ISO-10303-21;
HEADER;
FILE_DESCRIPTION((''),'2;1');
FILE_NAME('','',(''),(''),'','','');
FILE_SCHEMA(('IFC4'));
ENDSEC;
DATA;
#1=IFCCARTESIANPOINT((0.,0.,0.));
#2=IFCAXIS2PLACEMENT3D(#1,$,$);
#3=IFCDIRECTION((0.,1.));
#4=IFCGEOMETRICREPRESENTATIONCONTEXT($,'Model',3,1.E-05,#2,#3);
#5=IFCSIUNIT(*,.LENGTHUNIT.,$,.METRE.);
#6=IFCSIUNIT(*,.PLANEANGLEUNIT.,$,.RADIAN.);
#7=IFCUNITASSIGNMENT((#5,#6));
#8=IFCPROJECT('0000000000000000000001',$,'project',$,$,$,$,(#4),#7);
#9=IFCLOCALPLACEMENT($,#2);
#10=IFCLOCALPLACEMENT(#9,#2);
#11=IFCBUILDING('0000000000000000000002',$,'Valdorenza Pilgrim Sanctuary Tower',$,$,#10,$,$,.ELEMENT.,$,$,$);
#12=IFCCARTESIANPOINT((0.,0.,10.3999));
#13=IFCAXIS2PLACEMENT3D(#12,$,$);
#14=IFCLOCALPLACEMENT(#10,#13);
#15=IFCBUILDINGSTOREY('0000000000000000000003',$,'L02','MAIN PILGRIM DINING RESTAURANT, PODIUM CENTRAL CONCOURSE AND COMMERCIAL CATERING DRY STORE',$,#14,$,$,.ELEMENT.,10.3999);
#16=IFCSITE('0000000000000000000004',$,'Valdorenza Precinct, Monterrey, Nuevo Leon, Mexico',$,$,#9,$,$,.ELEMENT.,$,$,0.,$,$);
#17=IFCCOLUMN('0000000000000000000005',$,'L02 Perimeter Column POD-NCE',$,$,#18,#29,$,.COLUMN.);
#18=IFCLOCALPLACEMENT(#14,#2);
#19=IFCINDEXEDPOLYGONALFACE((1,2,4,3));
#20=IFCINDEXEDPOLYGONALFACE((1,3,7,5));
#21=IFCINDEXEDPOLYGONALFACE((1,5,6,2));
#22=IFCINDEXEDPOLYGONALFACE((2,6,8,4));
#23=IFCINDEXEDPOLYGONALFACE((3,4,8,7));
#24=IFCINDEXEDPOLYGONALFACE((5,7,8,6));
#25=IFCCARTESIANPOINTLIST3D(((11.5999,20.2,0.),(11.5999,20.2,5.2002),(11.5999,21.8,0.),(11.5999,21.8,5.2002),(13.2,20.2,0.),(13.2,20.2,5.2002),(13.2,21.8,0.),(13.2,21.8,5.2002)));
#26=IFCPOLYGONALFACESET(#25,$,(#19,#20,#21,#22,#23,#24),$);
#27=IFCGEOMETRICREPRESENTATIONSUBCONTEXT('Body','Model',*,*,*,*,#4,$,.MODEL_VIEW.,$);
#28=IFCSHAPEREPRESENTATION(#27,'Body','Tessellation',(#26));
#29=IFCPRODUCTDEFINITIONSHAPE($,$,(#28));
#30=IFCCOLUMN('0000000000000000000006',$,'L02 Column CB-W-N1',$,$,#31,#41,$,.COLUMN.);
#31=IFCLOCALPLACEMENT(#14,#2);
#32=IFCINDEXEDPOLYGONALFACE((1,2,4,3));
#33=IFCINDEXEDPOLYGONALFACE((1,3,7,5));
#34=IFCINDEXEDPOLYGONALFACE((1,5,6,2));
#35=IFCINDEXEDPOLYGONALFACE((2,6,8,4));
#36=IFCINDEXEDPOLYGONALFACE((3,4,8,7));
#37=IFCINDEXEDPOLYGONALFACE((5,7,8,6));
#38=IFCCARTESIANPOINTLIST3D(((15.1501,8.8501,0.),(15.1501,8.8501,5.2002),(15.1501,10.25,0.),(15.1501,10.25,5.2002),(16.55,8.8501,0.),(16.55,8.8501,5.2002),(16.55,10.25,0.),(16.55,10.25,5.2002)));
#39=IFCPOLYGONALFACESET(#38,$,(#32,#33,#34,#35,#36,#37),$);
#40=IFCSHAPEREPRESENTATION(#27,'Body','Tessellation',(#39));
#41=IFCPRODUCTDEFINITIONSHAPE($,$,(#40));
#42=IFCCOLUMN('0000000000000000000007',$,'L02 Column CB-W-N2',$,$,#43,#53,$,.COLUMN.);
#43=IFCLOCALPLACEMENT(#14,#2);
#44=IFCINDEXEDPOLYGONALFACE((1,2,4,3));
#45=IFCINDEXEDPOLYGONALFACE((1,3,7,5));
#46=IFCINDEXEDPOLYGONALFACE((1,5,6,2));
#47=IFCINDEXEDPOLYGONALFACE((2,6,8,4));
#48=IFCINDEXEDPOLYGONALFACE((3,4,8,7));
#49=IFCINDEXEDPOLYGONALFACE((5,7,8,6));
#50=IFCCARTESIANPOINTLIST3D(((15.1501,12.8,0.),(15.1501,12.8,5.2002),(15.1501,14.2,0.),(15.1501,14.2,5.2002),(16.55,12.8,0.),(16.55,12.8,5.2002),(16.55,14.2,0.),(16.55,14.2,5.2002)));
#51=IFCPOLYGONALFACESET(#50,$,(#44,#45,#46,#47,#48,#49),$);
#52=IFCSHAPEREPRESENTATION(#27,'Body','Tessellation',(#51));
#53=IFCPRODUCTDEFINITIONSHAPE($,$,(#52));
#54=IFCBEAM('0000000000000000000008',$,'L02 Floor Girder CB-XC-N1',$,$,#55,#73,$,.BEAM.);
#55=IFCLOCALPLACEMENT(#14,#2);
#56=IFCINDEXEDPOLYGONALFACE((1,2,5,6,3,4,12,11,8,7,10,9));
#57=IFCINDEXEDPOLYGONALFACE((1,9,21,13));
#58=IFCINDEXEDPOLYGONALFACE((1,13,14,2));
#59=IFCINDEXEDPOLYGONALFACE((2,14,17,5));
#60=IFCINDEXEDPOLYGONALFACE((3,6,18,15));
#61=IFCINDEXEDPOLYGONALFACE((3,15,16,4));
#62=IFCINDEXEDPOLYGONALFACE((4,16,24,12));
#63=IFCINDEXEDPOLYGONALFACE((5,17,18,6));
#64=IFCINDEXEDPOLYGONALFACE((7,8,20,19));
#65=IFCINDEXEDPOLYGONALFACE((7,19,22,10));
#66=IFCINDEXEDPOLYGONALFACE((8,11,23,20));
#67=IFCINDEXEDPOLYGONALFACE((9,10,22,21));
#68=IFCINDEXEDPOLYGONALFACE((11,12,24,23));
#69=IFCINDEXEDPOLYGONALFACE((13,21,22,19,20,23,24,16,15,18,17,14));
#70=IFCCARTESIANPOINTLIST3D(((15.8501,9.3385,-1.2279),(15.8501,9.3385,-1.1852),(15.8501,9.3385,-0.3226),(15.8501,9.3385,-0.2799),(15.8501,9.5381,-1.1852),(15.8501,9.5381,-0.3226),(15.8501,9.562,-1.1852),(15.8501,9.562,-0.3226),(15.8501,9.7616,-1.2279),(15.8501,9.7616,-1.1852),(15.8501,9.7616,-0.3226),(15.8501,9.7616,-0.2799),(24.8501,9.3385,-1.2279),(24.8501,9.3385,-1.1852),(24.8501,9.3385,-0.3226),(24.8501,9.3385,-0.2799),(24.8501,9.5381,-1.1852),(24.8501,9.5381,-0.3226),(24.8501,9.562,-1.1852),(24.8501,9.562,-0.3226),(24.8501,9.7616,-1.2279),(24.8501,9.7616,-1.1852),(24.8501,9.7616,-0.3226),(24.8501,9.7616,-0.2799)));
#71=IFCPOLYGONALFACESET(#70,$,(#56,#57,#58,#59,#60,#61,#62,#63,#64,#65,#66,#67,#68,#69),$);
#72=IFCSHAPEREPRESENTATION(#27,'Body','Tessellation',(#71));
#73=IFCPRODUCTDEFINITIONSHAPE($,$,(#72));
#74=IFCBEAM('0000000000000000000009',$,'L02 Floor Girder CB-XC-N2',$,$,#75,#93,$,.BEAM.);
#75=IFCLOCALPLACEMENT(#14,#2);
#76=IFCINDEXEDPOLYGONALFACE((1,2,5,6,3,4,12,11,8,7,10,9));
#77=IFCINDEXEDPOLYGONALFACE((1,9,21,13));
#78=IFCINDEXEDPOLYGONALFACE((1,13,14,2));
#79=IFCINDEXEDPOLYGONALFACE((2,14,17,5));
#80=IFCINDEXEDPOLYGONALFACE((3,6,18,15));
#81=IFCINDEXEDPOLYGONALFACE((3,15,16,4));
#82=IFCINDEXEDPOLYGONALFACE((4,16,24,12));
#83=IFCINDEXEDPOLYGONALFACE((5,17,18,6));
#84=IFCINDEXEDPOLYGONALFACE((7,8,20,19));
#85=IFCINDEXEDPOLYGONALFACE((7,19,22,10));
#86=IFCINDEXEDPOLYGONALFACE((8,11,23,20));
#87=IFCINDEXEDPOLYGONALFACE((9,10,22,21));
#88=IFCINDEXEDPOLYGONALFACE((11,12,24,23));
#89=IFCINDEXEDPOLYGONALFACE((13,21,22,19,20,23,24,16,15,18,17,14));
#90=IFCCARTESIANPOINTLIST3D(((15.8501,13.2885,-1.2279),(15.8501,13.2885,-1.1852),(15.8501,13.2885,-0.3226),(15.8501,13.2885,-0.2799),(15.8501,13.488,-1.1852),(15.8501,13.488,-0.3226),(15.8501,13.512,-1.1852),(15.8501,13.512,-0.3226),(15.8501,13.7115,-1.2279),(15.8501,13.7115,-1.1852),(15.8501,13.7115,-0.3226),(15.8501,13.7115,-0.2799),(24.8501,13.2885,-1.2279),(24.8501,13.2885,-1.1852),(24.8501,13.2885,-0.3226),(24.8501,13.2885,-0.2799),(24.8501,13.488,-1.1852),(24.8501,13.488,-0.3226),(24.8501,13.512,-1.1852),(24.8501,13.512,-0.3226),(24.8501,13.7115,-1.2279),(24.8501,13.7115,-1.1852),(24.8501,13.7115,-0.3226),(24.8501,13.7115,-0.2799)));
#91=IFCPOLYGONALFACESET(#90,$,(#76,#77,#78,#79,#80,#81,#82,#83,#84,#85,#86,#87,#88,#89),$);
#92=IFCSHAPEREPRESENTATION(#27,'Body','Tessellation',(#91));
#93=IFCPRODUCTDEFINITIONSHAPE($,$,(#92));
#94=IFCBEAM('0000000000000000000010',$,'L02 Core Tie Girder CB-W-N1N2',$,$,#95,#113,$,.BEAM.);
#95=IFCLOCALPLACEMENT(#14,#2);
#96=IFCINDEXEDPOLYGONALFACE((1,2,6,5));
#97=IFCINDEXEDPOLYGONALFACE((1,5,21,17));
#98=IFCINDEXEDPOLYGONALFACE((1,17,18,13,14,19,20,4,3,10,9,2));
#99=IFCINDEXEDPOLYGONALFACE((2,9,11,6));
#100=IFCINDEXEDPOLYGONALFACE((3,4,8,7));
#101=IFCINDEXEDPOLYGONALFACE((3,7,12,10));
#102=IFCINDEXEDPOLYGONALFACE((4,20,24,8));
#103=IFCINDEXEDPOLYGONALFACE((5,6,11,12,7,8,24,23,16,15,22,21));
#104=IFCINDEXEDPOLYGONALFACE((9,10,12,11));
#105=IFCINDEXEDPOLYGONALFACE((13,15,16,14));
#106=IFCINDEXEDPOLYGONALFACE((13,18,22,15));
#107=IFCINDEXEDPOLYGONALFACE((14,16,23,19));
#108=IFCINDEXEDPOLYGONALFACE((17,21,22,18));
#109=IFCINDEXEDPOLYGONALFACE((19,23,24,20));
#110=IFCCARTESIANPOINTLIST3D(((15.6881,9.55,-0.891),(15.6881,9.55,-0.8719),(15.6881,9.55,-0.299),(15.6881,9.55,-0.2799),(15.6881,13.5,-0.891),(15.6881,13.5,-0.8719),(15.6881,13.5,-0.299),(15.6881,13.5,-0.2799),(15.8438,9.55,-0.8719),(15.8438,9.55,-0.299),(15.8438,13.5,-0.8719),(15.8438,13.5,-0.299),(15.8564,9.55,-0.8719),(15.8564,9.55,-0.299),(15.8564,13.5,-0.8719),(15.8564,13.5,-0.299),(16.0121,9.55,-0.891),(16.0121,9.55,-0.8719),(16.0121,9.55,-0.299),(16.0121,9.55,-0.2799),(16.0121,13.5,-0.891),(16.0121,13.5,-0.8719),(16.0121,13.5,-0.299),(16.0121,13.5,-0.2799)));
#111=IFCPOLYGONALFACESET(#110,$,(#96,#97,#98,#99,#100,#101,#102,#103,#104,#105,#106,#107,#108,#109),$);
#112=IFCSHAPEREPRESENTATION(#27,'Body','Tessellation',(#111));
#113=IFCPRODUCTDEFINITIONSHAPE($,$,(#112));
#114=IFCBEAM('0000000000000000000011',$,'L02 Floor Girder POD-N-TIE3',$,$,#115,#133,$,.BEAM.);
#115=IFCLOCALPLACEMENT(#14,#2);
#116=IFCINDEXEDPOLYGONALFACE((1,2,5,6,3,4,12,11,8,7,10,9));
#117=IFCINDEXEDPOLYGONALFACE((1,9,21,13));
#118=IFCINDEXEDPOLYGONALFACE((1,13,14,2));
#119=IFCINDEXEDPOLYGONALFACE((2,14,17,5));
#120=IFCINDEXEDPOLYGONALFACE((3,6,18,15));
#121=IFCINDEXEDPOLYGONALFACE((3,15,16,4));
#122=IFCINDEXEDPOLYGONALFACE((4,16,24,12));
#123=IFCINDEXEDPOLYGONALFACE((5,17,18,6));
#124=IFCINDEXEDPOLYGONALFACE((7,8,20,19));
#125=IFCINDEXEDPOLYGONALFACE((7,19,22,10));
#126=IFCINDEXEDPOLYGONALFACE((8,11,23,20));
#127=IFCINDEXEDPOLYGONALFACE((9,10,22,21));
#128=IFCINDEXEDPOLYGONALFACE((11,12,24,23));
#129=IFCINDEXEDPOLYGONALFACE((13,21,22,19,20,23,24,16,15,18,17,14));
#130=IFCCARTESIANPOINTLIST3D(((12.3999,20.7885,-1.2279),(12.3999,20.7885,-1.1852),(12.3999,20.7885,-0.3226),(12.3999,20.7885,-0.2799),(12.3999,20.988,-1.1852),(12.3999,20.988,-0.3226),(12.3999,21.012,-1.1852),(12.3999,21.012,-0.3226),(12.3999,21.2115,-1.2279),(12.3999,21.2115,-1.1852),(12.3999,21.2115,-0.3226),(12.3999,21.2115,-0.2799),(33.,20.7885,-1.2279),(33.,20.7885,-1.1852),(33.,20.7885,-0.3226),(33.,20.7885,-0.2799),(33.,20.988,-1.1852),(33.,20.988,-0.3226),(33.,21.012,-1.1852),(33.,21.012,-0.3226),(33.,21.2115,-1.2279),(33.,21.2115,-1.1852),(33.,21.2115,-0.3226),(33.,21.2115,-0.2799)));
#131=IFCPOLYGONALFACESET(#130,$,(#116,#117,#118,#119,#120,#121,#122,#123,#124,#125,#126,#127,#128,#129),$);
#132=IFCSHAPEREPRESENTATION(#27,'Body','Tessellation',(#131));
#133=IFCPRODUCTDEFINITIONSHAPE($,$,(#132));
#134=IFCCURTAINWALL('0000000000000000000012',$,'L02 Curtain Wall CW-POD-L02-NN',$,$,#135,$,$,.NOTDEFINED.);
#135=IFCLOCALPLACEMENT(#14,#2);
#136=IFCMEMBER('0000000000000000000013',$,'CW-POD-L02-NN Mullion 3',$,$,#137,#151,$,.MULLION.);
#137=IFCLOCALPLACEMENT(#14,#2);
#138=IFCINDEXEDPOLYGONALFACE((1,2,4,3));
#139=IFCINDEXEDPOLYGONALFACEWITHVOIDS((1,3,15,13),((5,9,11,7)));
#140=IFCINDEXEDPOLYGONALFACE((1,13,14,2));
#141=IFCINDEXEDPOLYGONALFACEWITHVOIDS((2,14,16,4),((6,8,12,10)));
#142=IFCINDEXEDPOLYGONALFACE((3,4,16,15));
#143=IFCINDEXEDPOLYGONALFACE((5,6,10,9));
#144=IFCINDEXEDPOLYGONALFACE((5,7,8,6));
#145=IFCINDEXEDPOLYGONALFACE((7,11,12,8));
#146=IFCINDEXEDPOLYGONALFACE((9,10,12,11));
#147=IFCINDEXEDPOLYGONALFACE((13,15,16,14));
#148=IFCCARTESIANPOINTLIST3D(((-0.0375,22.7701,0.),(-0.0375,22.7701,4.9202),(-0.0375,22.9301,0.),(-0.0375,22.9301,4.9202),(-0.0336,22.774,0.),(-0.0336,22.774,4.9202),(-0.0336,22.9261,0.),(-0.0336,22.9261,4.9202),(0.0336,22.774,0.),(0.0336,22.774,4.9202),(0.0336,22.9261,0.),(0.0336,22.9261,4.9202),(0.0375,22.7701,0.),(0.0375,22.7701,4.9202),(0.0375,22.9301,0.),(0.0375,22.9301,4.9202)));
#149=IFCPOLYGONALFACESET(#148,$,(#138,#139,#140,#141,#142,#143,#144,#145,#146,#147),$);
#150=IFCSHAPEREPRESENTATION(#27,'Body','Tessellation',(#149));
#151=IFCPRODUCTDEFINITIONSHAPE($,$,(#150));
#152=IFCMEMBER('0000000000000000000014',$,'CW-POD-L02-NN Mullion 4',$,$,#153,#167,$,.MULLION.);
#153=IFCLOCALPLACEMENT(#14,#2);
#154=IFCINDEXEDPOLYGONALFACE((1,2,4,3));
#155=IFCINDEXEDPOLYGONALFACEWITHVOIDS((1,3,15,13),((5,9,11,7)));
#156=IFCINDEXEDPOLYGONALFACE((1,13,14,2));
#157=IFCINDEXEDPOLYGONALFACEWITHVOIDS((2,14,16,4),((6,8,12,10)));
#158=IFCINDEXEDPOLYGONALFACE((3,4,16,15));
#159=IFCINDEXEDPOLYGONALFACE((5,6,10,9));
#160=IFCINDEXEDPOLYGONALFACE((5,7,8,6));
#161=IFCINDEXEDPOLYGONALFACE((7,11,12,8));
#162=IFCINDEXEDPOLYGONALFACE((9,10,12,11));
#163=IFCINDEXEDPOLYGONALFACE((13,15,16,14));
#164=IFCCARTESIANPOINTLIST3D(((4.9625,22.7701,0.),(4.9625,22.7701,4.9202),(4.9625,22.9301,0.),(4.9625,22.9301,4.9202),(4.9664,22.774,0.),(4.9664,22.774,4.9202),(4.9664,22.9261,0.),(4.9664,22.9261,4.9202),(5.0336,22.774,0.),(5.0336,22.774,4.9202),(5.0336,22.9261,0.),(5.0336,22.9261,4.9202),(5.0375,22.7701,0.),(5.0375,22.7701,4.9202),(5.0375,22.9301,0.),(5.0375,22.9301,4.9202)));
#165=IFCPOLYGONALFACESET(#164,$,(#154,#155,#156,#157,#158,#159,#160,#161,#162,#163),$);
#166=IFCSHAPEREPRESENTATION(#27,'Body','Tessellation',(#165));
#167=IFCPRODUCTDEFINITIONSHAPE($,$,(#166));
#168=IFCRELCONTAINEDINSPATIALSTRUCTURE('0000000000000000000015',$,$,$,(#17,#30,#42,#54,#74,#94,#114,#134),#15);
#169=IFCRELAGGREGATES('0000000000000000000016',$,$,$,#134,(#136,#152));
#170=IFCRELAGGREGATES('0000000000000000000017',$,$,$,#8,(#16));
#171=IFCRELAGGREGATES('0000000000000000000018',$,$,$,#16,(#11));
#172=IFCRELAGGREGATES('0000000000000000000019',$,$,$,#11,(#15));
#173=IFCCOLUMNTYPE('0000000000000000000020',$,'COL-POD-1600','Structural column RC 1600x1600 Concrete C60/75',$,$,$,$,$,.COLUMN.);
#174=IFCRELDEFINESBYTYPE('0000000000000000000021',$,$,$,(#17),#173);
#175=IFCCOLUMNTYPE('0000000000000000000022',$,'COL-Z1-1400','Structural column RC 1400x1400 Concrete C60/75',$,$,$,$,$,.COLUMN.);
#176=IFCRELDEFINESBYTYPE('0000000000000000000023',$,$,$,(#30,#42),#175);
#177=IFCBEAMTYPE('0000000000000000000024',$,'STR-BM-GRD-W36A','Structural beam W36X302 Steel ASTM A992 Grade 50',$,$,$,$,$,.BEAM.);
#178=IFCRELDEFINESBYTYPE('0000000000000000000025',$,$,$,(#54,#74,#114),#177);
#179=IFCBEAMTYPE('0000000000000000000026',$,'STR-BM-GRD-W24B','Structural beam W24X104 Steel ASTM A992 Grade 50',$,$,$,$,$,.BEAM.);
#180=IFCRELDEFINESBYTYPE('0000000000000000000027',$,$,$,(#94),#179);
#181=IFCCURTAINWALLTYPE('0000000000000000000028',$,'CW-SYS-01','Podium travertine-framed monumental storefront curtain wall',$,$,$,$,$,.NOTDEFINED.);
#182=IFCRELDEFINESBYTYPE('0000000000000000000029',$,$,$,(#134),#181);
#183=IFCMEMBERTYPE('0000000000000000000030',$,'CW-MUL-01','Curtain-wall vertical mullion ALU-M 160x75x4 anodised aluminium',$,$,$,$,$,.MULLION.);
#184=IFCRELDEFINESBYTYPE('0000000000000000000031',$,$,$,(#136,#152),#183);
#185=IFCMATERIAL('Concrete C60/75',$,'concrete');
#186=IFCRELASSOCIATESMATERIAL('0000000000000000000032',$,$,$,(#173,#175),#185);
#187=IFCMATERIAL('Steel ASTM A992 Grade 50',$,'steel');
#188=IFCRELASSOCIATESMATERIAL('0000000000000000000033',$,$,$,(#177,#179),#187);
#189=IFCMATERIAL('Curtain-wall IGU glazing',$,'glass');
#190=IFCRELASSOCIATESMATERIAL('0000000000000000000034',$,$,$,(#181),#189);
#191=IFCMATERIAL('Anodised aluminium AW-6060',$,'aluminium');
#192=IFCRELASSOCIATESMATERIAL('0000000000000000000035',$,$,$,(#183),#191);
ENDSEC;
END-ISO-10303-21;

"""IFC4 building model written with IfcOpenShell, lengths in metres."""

from ifc_helpers import new_model, si_unit, direction, frame, origin, origin_2d, place, context, subcontext, project, spatial, rectangle, hollow_rectangle, i_section, extrude, source, transform, mapped, material, material_profile, profile_set, type_object, element, aggregate, save


model = new_model("IFC4")

# Units and contexts
model_context = context("Model", 3, precision=1e-05, world=origin(), true_north=direction((0.0, 1.0)))
body_context = subcontext(model_context, "Body", "Model", "MODEL_VIEW")
ifc_project = project(units=[si_unit("LENGTHUNIT", "METRE"), si_unit("PLANEANGLEUNIT", "RADIAN")], contexts=[model_context])

# Site, building, storey
site_placement = place(None, origin())
site = spatial("IfcSite", under=ifc_project, at=site_placement, Name="Valdorenza Precinct, Monterrey, Nuevo Leon, Mexico", CompositionType="ELEMENT", RefElevation=0.0)
building_placement = place(site_placement, origin())
building = spatial("IfcBuilding", under=site, at=building_placement, Name="Valdorenza Pilgrim Sanctuary Tower", CompositionType="ELEMENT")
storey_placement = place(building_placement, frame((0.0, 0.0, 10.3999)))
storey = spatial("IfcBuildingStorey", under=building, at=storey_placement, Name="L02", Description="MAIN PILGRIM DINING RESTAURANT, PODIUM CENTRAL CONCOURSE AND COMMERCIAL CATERING DRY STORE", CompositionType="ELEMENT", Elevation=10.3999)

# Columns
ifc_material_1 = material(Name="Concrete C60/75", Category="concrete")
ifc_material_profile_1 = material_profile(ifc_material_1, rectangle(XDim=1.6001, YDim=1.6001, at=origin_2d()), Name="RC 1600x1600")
ifc_profile_set_1 = profile_set([ifc_material_profile_1], Name="Concrete C60/75")
column_type_1 = type_object("IfcColumnType", Name="COL-POD-1600", Description="Structural column RC 1600x1600 Concrete C60/75", PredefinedType="COLUMN", material=ifc_profile_set_1)
shared_shape_1 = source(origin(), body_context, "Body", "SweptSolid", [
    extrude(rectangle(XDim=1.6001, YDim=1.6001, at=origin_2d()), origin(), (0.0, 0.0, 1.0), 5.2002),
])
column_placement = place(storey_placement, frame((12.3999, 21.0, 0.0), z_axis=(0.0, 0.0, 1.0), x_axis=(1.0, 0.0, 0.0)))
element("IfcColumn", 1, at=column_placement, inside=storey, type_object=column_type_1, Name="L02 Perimeter Column POD-NCE", PredefinedType="COLUMN", context=body_context, shape_type="MappedRepresentation", body=[
    mapped(shared_shape_1, transform((0.0, 0.0, 0.0), x_axis=(1.0, 0.0, 0.0), y_axis=(0.0, 1.0, 0.0), z_axis=(0.0, 0.0, 1.0), scale=1.0)),
])
ifc_material_profile_2 = material_profile(ifc_material_1, rectangle(XDim=1.3999, YDim=1.3999, at=origin_2d()), Name="RC 1400x1400")
ifc_profile_set_2 = profile_set([ifc_material_profile_2], Name="Concrete C60/75")
column_type_2 = type_object("IfcColumnType", Name="COL-Z1-1400", Description="Structural column RC 1400x1400 Concrete C60/75", PredefinedType="COLUMN", material=ifc_profile_set_2)
shared_shape_2 = source(origin(), body_context, "Body", "SweptSolid", [
    extrude(rectangle(XDim=1.3999, YDim=1.3999, at=origin_2d()), origin(), (0.0, 0.0, 1.0), 5.2002),
])
for number, where, z_axis, x_axis, name in (
    (2, (15.8501, 9.55, 0.0), (0.0, 0.0, 1.0), (1.0, 0.0, 0.0), "L02 Column CB-W-N1"),
    (3, (15.8501, 13.5, 0.0), (0.0, 0.0, 1.0), (1.0, 0.0, 0.0), "L02 Column CB-W-N2"),
):
    element("IfcColumn", number, at=place(storey_placement, frame(where, z_axis=z_axis, x_axis=x_axis)), inside=storey, type_object=column_type_2, Name=name, PredefinedType="COLUMN", context=body_context, shape_type="MappedRepresentation", body=[
        mapped(shared_shape_2, transform((0.0, 0.0, 0.0), x_axis=(1.0, 0.0, 0.0), y_axis=(0.0, 1.0, 0.0), z_axis=(0.0, 0.0, 1.0), scale=1.0)),
    ])

# Beams
ifc_material_2 = material(Name="Steel ASTM A992 Grade 50", Category="steel")
ifc_material_profile_3 = material_profile(ifc_material_2, i_section(OverallWidth=0.4231, OverallDepth=0.948, WebThickness=0.0239, FlangeThickness=0.0427, at=origin_2d()), Name="W36X302")
ifc_profile_set_3 = profile_set([ifc_material_profile_3], Name="Steel ASTM A992 Grade 50")
beam_type_1 = type_object("IfcBeamType", Name="STR-BM-GRD-W36A", Description="Structural beam W36X302 Steel ASTM A992 Grade 50", PredefinedType="BEAM", material=ifc_profile_set_3)
shared_shape_3 = source(origin(), body_context, "Body", "SweptSolid", [
    extrude(i_section(OverallWidth=0.4231, OverallDepth=0.948, WebThickness=0.0239, FlangeThickness=0.0427, at=origin_2d()), origin(), (0.0, 0.0, 1.0), 9.0),
])
for number, where, z_axis, x_axis, name in (
    (4, (15.8501, 9.55, -0.7539), (1.0, 0.0, 0.0), (0.0, 1.0, 0.0), "L02 Floor Girder CB-XC-N1"),
    (5, (15.8501, 13.5, -0.7539), (1.0, 0.0, 0.0), (0.0, 1.0, 0.0), "L02 Floor Girder CB-XC-N2"),
):
    element("IfcBeam", number, at=place(storey_placement, frame(where, z_axis=z_axis, x_axis=x_axis)), inside=storey, type_object=beam_type_1, Name=name, PredefinedType="BEAM", context=body_context, shape_type="MappedRepresentation", body=[
        mapped(shared_shape_3, transform((0.0, 0.0, 0.0), x_axis=(1.0, 0.0, 0.0), y_axis=(0.0, 1.0, 0.0), z_axis=(0.0, 0.0, 1.0), scale=1.0)),
    ])
ifc_material_profile_4 = material_profile(ifc_material_2, i_section(OverallWidth=0.324, OverallDepth=0.6111, WebThickness=0.0127, FlangeThickness=0.019, at=origin_2d()), Name="W24X104")
ifc_profile_set_4 = profile_set([ifc_material_profile_4], Name="Steel ASTM A992 Grade 50")
beam_type_2 = type_object("IfcBeamType", Name="STR-BM-GRD-W24B", Description="Structural beam W24X104 Steel ASTM A992 Grade 50", PredefinedType="BEAM", material=ifc_profile_set_4)
shared_shape_4 = source(origin(), body_context, "Body", "SweptSolid", [
    extrude(i_section(OverallWidth=0.324, OverallDepth=0.6111, WebThickness=0.0127, FlangeThickness=0.019, at=origin_2d()), origin(), (0.0, 0.0, 1.0), 3.95),
])
beam_1_placement = place(storey_placement, frame((15.8501, 9.55, -0.5854), z_axis=(0.0, 1.0, 0.0), x_axis=(-1.0, 0.0, 0.0)))
element("IfcBeam", 6, at=beam_1_placement, inside=storey, type_object=beam_type_2, Name="L02 Core Tie Girder CB-W-N1N2", PredefinedType="BEAM", context=body_context, shape_type="MappedRepresentation", body=[
    mapped(shared_shape_4, transform((0.0, 0.0, 0.0), x_axis=(1.0, 0.0, 0.0), y_axis=(0.0, 1.0, 0.0), z_axis=(0.0, 0.0, 1.0), scale=1.0)),
])
shared_shape_5 = source(origin(), body_context, "Body", "SweptSolid", [
    extrude(i_section(OverallWidth=0.4231, OverallDepth=0.948, WebThickness=0.0239, FlangeThickness=0.0427, at=origin_2d()), origin(), (0.0, 0.0, 1.0), 20.6001),
])
beam_2_placement = place(storey_placement, frame((12.3999, 21.0, -0.7539), z_axis=(1.0, 0.0, 0.0), x_axis=(0.0, 1.0, 0.0)))
element("IfcBeam", 7, at=beam_2_placement, inside=storey, type_object=beam_type_1, Name="L02 Floor Girder POD-N-TIE3", PredefinedType="BEAM", context=body_context, shape_type="MappedRepresentation", body=[
    mapped(shared_shape_5, transform((0.0, 0.0, 0.0), x_axis=(1.0, 0.0, 0.0), y_axis=(0.0, 1.0, 0.0), z_axis=(0.0, 0.0, 1.0), scale=1.0)),
])

# Curtain wall, members
ifc_material_3 = material(Name="Curtain-wall IGU glazing", Category="glass")
curtain_wall_type = type_object("IfcCurtainWallType", Name="CW-SYS-01", Description="Podium travertine-framed monumental storefront curtain wall", PredefinedType="NOTDEFINED", material=ifc_material_3)
curtain_wall_placement = place(storey_placement, origin())
curtain_wall = element("IfcCurtainWall", 8, at=curtain_wall_placement, inside=storey, type_object=curtain_wall_type, Name="L02 Curtain Wall CW-POD-L02-NN", PredefinedType="NOTDEFINED")
ifc_material_4 = material(Name="Anodised aluminium AW-6060", Category="aluminium")
ifc_material_profile_5 = material_profile(ifc_material_4, hollow_rectangle(XDim=0.075, YDim=0.1599, WallThickness=0.0039, at=origin_2d()), Name="ALU-M 160x75x4")
ifc_profile_set_5 = profile_set([ifc_material_profile_5], Name="Anodised aluminium AW-6060")
member_type = type_object("IfcMemberType", Name="CW-MUL-01", Description="Curtain-wall vertical mullion ALU-M 160x75x4 anodised aluminium", PredefinedType="MULLION", material=ifc_profile_set_5)
shared_shape_6 = source(origin(), body_context, "Body", "SweptSolid", [
    extrude(hollow_rectangle(XDim=0.075, YDim=0.1599, WallThickness=0.0039, at=origin_2d()), origin(), (0.0, 0.0, 1.0), 4.9202),
])
member_1_placement = place(storey_placement, frame((0.0, 22.8501, 0.0), z_axis=(0.0, 0.0, 1.0), x_axis=(1.0, 0.0, 0.0)))
member_1 = element("IfcMember", 9, at=member_1_placement, type_object=member_type, Name="CW-POD-L02-NN Mullion 3", PredefinedType="MULLION", context=body_context, shape_type="MappedRepresentation", body=[
    mapped(shared_shape_6, transform((0.0, 0.0, 0.0), x_axis=(1.0, 0.0, 0.0), y_axis=(0.0, 1.0, 0.0), z_axis=(0.0, 0.0, 1.0), scale=1.0)),
])
member_2_placement = place(storey_placement, frame((5.0, 22.8501, 0.0), z_axis=(0.0, 0.0, 1.0), x_axis=(1.0, 0.0, 0.0)))
member_2 = element("IfcMember", 10, at=member_2_placement, type_object=member_type, Name="CW-POD-L02-NN Mullion 4", PredefinedType="MULLION", context=body_context, shape_type="MappedRepresentation", body=[
    mapped(shared_shape_6, transform((0.0, 0.0, 0.0), x_axis=(1.0, 0.0, 0.0), y_axis=(0.0, 1.0, 0.0), z_axis=(0.0, 0.0, 1.0), scale=1.0)),
])
aggregate(curtain_wall, [member_1, member_2])

save(model, "model.ifc")
